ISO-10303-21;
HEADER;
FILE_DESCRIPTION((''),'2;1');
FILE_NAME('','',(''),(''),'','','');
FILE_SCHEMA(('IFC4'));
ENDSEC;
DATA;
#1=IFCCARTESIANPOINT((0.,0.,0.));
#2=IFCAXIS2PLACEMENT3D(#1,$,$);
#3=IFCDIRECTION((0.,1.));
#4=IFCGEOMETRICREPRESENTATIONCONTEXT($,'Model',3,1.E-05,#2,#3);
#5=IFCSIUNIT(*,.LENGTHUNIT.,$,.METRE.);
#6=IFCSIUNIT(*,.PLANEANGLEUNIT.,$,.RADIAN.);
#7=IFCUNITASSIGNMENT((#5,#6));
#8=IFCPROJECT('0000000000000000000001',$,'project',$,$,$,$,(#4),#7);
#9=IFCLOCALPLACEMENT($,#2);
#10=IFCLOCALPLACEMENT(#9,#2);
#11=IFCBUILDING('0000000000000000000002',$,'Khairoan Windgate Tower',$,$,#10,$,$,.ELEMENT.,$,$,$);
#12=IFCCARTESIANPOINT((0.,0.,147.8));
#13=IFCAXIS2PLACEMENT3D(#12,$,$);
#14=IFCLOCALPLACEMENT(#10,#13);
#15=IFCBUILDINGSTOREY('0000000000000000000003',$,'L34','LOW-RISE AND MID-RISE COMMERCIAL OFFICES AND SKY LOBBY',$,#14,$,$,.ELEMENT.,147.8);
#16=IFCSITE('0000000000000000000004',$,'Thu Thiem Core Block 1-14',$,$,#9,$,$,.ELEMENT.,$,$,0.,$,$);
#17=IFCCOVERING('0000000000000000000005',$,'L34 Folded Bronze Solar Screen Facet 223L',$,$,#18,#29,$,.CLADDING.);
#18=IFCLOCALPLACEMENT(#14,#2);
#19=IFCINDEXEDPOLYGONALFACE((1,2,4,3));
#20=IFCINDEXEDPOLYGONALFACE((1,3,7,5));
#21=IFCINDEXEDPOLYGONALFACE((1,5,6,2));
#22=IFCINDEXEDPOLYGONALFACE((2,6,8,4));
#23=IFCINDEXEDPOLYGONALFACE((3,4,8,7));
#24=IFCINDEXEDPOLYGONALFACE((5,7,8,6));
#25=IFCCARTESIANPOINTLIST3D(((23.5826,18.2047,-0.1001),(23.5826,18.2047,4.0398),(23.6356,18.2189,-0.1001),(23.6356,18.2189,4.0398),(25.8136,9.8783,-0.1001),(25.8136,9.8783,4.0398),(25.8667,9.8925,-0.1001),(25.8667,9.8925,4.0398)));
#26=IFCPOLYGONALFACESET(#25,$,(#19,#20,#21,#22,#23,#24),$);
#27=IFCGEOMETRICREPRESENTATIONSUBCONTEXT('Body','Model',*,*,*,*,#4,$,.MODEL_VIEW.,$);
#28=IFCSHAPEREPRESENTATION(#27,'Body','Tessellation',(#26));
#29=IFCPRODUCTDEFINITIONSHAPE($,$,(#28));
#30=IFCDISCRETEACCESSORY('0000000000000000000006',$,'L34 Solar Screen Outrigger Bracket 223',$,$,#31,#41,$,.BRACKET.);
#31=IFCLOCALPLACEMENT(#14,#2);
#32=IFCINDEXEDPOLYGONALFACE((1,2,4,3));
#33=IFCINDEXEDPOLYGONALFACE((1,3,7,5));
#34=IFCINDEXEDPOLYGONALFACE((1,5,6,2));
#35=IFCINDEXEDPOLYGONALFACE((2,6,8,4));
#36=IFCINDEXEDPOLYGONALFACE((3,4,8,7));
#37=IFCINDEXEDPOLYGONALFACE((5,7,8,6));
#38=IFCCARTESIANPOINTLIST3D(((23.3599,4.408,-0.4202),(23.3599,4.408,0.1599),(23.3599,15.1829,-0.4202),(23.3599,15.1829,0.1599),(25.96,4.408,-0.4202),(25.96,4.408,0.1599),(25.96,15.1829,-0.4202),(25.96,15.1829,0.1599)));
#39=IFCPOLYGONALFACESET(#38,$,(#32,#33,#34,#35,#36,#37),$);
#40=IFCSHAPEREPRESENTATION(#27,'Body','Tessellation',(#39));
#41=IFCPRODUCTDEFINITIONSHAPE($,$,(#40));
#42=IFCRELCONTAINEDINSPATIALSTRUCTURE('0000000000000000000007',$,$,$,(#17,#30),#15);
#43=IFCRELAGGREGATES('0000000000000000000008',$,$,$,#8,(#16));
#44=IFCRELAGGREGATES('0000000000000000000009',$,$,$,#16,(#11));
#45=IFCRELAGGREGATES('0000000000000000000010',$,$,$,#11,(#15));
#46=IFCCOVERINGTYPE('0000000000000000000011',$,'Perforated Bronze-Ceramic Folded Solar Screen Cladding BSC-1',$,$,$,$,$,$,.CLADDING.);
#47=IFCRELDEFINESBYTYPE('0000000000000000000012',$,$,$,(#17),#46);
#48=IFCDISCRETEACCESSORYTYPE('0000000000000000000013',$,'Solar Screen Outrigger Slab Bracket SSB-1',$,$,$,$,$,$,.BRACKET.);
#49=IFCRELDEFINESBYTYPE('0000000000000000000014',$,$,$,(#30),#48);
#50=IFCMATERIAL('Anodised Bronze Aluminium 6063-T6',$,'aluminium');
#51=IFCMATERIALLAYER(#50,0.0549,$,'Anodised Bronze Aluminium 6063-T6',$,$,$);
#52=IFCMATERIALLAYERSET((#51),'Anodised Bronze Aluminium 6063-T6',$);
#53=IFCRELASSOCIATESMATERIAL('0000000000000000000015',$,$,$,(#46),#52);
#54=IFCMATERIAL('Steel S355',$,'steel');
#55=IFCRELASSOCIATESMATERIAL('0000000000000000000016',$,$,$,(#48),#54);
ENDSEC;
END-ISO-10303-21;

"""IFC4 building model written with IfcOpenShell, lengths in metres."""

from ifc_helpers import new_model, si_unit, direction, frame, origin, origin_2d, place, context, subcontext, project, spatial, rectangle, extrude, material, layer, layer_set, type_object, element, save


model = new_model("IFC4")

# Units and contexts
model_context = context("Model", 3, precision=1e-05, world=origin(), true_north=direction((0.0, 1.0)))
body_context = subcontext(model_context, "Body", "Model", "MODEL_VIEW")
ifc_project = project(units=[si_unit("LENGTHUNIT", "METRE"), si_unit("PLANEANGLEUNIT", "RADIAN")], contexts=[model_context])

# Site, building, storey
site_placement = place(None, origin())
site = spatial("IfcSite", under=ifc_project, at=site_placement, Name="Thu Thiem Core Block 1-14", CompositionType="ELEMENT", RefElevation=0.0)
building_placement = place(site_placement, origin())
building = spatial("IfcBuilding", under=site, at=building_placement, Name="Khairoan Windgate Tower", CompositionType="ELEMENT")
storey_placement = place(building_placement, frame((0.0, 0.0, 147.8)))
storey = spatial("IfcBuildingStorey", under=building, at=storey_placement, Name="L34", Description="LOW-RISE AND MID-RISE COMMERCIAL OFFICES AND SKY LOBBY", CompositionType="ELEMENT", Elevation=147.8)

# Covering
ifc_material_1 = material(Name="Anodised Bronze Aluminium 6063-T6", Category="aluminium")
ifc_layer_1 = layer(ifc_material_1, 0.0549, Name="Anodised Bronze Aluminium 6063-T6")
ifc_layer_set_1 = layer_set([ifc_layer_1], Name="Anodised Bronze Aluminium 6063-T6")
covering_type = type_object("IfcCoveringType", Name="Perforated Bronze-Ceramic Folded Solar Screen Cladding BSC-1", PredefinedType="CLADDING", material=ifc_layer_set_1)
covering_placement = place(storey_placement, frame((24.7246, 14.0486, -0.1001), z_axis=(0.0, 0.0, 1.0), x_axis=(0.258819, -0.965926, 0.0)))
element("IfcCovering", 1, at=covering_placement, inside=storey, type_object=covering_type, Name="L34 Folded Bronze Solar Screen Facet 223L", PredefinedType="CLADDING", context=body_context, shape_type="SweptSolid", body=[
    extrude(rectangle(XDim=8.6201, YDim=0.0549, at=origin_2d()), origin(), (0.0, 0.0, 1.0), 4.1399),
])

# Discrete accessory
ifc_material_2 = material(Name="Steel S355", Category="steel")
discrete_accessory_type = type_object("IfcDiscreteAccessoryType", Name="Solar Screen Outrigger Slab Bracket SSB-1", PredefinedType="BRACKET", material=ifc_material_2)
discrete_accessory_placement = place(storey_placement, frame((24.6599, 9.7954, -0.4202), z_axis=(0.0, 0.0, 1.0), x_axis=(0.0, -1.0, 0.0)))
element("IfcDiscreteAccessory", 2, at=discrete_accessory_placement, inside=storey, type_object=discrete_accessory_type, Name="L34 Solar Screen Outrigger Bracket 223", PredefinedType="BRACKET", context=body_context, shape_type="SweptSolid", body=[
    extrude(rectangle(XDim=10.7749, YDim=2.6001, at=origin_2d()), origin(), (0.0, 0.0, 1.0), 0.5801),
])

save(model, "model.ifc")
